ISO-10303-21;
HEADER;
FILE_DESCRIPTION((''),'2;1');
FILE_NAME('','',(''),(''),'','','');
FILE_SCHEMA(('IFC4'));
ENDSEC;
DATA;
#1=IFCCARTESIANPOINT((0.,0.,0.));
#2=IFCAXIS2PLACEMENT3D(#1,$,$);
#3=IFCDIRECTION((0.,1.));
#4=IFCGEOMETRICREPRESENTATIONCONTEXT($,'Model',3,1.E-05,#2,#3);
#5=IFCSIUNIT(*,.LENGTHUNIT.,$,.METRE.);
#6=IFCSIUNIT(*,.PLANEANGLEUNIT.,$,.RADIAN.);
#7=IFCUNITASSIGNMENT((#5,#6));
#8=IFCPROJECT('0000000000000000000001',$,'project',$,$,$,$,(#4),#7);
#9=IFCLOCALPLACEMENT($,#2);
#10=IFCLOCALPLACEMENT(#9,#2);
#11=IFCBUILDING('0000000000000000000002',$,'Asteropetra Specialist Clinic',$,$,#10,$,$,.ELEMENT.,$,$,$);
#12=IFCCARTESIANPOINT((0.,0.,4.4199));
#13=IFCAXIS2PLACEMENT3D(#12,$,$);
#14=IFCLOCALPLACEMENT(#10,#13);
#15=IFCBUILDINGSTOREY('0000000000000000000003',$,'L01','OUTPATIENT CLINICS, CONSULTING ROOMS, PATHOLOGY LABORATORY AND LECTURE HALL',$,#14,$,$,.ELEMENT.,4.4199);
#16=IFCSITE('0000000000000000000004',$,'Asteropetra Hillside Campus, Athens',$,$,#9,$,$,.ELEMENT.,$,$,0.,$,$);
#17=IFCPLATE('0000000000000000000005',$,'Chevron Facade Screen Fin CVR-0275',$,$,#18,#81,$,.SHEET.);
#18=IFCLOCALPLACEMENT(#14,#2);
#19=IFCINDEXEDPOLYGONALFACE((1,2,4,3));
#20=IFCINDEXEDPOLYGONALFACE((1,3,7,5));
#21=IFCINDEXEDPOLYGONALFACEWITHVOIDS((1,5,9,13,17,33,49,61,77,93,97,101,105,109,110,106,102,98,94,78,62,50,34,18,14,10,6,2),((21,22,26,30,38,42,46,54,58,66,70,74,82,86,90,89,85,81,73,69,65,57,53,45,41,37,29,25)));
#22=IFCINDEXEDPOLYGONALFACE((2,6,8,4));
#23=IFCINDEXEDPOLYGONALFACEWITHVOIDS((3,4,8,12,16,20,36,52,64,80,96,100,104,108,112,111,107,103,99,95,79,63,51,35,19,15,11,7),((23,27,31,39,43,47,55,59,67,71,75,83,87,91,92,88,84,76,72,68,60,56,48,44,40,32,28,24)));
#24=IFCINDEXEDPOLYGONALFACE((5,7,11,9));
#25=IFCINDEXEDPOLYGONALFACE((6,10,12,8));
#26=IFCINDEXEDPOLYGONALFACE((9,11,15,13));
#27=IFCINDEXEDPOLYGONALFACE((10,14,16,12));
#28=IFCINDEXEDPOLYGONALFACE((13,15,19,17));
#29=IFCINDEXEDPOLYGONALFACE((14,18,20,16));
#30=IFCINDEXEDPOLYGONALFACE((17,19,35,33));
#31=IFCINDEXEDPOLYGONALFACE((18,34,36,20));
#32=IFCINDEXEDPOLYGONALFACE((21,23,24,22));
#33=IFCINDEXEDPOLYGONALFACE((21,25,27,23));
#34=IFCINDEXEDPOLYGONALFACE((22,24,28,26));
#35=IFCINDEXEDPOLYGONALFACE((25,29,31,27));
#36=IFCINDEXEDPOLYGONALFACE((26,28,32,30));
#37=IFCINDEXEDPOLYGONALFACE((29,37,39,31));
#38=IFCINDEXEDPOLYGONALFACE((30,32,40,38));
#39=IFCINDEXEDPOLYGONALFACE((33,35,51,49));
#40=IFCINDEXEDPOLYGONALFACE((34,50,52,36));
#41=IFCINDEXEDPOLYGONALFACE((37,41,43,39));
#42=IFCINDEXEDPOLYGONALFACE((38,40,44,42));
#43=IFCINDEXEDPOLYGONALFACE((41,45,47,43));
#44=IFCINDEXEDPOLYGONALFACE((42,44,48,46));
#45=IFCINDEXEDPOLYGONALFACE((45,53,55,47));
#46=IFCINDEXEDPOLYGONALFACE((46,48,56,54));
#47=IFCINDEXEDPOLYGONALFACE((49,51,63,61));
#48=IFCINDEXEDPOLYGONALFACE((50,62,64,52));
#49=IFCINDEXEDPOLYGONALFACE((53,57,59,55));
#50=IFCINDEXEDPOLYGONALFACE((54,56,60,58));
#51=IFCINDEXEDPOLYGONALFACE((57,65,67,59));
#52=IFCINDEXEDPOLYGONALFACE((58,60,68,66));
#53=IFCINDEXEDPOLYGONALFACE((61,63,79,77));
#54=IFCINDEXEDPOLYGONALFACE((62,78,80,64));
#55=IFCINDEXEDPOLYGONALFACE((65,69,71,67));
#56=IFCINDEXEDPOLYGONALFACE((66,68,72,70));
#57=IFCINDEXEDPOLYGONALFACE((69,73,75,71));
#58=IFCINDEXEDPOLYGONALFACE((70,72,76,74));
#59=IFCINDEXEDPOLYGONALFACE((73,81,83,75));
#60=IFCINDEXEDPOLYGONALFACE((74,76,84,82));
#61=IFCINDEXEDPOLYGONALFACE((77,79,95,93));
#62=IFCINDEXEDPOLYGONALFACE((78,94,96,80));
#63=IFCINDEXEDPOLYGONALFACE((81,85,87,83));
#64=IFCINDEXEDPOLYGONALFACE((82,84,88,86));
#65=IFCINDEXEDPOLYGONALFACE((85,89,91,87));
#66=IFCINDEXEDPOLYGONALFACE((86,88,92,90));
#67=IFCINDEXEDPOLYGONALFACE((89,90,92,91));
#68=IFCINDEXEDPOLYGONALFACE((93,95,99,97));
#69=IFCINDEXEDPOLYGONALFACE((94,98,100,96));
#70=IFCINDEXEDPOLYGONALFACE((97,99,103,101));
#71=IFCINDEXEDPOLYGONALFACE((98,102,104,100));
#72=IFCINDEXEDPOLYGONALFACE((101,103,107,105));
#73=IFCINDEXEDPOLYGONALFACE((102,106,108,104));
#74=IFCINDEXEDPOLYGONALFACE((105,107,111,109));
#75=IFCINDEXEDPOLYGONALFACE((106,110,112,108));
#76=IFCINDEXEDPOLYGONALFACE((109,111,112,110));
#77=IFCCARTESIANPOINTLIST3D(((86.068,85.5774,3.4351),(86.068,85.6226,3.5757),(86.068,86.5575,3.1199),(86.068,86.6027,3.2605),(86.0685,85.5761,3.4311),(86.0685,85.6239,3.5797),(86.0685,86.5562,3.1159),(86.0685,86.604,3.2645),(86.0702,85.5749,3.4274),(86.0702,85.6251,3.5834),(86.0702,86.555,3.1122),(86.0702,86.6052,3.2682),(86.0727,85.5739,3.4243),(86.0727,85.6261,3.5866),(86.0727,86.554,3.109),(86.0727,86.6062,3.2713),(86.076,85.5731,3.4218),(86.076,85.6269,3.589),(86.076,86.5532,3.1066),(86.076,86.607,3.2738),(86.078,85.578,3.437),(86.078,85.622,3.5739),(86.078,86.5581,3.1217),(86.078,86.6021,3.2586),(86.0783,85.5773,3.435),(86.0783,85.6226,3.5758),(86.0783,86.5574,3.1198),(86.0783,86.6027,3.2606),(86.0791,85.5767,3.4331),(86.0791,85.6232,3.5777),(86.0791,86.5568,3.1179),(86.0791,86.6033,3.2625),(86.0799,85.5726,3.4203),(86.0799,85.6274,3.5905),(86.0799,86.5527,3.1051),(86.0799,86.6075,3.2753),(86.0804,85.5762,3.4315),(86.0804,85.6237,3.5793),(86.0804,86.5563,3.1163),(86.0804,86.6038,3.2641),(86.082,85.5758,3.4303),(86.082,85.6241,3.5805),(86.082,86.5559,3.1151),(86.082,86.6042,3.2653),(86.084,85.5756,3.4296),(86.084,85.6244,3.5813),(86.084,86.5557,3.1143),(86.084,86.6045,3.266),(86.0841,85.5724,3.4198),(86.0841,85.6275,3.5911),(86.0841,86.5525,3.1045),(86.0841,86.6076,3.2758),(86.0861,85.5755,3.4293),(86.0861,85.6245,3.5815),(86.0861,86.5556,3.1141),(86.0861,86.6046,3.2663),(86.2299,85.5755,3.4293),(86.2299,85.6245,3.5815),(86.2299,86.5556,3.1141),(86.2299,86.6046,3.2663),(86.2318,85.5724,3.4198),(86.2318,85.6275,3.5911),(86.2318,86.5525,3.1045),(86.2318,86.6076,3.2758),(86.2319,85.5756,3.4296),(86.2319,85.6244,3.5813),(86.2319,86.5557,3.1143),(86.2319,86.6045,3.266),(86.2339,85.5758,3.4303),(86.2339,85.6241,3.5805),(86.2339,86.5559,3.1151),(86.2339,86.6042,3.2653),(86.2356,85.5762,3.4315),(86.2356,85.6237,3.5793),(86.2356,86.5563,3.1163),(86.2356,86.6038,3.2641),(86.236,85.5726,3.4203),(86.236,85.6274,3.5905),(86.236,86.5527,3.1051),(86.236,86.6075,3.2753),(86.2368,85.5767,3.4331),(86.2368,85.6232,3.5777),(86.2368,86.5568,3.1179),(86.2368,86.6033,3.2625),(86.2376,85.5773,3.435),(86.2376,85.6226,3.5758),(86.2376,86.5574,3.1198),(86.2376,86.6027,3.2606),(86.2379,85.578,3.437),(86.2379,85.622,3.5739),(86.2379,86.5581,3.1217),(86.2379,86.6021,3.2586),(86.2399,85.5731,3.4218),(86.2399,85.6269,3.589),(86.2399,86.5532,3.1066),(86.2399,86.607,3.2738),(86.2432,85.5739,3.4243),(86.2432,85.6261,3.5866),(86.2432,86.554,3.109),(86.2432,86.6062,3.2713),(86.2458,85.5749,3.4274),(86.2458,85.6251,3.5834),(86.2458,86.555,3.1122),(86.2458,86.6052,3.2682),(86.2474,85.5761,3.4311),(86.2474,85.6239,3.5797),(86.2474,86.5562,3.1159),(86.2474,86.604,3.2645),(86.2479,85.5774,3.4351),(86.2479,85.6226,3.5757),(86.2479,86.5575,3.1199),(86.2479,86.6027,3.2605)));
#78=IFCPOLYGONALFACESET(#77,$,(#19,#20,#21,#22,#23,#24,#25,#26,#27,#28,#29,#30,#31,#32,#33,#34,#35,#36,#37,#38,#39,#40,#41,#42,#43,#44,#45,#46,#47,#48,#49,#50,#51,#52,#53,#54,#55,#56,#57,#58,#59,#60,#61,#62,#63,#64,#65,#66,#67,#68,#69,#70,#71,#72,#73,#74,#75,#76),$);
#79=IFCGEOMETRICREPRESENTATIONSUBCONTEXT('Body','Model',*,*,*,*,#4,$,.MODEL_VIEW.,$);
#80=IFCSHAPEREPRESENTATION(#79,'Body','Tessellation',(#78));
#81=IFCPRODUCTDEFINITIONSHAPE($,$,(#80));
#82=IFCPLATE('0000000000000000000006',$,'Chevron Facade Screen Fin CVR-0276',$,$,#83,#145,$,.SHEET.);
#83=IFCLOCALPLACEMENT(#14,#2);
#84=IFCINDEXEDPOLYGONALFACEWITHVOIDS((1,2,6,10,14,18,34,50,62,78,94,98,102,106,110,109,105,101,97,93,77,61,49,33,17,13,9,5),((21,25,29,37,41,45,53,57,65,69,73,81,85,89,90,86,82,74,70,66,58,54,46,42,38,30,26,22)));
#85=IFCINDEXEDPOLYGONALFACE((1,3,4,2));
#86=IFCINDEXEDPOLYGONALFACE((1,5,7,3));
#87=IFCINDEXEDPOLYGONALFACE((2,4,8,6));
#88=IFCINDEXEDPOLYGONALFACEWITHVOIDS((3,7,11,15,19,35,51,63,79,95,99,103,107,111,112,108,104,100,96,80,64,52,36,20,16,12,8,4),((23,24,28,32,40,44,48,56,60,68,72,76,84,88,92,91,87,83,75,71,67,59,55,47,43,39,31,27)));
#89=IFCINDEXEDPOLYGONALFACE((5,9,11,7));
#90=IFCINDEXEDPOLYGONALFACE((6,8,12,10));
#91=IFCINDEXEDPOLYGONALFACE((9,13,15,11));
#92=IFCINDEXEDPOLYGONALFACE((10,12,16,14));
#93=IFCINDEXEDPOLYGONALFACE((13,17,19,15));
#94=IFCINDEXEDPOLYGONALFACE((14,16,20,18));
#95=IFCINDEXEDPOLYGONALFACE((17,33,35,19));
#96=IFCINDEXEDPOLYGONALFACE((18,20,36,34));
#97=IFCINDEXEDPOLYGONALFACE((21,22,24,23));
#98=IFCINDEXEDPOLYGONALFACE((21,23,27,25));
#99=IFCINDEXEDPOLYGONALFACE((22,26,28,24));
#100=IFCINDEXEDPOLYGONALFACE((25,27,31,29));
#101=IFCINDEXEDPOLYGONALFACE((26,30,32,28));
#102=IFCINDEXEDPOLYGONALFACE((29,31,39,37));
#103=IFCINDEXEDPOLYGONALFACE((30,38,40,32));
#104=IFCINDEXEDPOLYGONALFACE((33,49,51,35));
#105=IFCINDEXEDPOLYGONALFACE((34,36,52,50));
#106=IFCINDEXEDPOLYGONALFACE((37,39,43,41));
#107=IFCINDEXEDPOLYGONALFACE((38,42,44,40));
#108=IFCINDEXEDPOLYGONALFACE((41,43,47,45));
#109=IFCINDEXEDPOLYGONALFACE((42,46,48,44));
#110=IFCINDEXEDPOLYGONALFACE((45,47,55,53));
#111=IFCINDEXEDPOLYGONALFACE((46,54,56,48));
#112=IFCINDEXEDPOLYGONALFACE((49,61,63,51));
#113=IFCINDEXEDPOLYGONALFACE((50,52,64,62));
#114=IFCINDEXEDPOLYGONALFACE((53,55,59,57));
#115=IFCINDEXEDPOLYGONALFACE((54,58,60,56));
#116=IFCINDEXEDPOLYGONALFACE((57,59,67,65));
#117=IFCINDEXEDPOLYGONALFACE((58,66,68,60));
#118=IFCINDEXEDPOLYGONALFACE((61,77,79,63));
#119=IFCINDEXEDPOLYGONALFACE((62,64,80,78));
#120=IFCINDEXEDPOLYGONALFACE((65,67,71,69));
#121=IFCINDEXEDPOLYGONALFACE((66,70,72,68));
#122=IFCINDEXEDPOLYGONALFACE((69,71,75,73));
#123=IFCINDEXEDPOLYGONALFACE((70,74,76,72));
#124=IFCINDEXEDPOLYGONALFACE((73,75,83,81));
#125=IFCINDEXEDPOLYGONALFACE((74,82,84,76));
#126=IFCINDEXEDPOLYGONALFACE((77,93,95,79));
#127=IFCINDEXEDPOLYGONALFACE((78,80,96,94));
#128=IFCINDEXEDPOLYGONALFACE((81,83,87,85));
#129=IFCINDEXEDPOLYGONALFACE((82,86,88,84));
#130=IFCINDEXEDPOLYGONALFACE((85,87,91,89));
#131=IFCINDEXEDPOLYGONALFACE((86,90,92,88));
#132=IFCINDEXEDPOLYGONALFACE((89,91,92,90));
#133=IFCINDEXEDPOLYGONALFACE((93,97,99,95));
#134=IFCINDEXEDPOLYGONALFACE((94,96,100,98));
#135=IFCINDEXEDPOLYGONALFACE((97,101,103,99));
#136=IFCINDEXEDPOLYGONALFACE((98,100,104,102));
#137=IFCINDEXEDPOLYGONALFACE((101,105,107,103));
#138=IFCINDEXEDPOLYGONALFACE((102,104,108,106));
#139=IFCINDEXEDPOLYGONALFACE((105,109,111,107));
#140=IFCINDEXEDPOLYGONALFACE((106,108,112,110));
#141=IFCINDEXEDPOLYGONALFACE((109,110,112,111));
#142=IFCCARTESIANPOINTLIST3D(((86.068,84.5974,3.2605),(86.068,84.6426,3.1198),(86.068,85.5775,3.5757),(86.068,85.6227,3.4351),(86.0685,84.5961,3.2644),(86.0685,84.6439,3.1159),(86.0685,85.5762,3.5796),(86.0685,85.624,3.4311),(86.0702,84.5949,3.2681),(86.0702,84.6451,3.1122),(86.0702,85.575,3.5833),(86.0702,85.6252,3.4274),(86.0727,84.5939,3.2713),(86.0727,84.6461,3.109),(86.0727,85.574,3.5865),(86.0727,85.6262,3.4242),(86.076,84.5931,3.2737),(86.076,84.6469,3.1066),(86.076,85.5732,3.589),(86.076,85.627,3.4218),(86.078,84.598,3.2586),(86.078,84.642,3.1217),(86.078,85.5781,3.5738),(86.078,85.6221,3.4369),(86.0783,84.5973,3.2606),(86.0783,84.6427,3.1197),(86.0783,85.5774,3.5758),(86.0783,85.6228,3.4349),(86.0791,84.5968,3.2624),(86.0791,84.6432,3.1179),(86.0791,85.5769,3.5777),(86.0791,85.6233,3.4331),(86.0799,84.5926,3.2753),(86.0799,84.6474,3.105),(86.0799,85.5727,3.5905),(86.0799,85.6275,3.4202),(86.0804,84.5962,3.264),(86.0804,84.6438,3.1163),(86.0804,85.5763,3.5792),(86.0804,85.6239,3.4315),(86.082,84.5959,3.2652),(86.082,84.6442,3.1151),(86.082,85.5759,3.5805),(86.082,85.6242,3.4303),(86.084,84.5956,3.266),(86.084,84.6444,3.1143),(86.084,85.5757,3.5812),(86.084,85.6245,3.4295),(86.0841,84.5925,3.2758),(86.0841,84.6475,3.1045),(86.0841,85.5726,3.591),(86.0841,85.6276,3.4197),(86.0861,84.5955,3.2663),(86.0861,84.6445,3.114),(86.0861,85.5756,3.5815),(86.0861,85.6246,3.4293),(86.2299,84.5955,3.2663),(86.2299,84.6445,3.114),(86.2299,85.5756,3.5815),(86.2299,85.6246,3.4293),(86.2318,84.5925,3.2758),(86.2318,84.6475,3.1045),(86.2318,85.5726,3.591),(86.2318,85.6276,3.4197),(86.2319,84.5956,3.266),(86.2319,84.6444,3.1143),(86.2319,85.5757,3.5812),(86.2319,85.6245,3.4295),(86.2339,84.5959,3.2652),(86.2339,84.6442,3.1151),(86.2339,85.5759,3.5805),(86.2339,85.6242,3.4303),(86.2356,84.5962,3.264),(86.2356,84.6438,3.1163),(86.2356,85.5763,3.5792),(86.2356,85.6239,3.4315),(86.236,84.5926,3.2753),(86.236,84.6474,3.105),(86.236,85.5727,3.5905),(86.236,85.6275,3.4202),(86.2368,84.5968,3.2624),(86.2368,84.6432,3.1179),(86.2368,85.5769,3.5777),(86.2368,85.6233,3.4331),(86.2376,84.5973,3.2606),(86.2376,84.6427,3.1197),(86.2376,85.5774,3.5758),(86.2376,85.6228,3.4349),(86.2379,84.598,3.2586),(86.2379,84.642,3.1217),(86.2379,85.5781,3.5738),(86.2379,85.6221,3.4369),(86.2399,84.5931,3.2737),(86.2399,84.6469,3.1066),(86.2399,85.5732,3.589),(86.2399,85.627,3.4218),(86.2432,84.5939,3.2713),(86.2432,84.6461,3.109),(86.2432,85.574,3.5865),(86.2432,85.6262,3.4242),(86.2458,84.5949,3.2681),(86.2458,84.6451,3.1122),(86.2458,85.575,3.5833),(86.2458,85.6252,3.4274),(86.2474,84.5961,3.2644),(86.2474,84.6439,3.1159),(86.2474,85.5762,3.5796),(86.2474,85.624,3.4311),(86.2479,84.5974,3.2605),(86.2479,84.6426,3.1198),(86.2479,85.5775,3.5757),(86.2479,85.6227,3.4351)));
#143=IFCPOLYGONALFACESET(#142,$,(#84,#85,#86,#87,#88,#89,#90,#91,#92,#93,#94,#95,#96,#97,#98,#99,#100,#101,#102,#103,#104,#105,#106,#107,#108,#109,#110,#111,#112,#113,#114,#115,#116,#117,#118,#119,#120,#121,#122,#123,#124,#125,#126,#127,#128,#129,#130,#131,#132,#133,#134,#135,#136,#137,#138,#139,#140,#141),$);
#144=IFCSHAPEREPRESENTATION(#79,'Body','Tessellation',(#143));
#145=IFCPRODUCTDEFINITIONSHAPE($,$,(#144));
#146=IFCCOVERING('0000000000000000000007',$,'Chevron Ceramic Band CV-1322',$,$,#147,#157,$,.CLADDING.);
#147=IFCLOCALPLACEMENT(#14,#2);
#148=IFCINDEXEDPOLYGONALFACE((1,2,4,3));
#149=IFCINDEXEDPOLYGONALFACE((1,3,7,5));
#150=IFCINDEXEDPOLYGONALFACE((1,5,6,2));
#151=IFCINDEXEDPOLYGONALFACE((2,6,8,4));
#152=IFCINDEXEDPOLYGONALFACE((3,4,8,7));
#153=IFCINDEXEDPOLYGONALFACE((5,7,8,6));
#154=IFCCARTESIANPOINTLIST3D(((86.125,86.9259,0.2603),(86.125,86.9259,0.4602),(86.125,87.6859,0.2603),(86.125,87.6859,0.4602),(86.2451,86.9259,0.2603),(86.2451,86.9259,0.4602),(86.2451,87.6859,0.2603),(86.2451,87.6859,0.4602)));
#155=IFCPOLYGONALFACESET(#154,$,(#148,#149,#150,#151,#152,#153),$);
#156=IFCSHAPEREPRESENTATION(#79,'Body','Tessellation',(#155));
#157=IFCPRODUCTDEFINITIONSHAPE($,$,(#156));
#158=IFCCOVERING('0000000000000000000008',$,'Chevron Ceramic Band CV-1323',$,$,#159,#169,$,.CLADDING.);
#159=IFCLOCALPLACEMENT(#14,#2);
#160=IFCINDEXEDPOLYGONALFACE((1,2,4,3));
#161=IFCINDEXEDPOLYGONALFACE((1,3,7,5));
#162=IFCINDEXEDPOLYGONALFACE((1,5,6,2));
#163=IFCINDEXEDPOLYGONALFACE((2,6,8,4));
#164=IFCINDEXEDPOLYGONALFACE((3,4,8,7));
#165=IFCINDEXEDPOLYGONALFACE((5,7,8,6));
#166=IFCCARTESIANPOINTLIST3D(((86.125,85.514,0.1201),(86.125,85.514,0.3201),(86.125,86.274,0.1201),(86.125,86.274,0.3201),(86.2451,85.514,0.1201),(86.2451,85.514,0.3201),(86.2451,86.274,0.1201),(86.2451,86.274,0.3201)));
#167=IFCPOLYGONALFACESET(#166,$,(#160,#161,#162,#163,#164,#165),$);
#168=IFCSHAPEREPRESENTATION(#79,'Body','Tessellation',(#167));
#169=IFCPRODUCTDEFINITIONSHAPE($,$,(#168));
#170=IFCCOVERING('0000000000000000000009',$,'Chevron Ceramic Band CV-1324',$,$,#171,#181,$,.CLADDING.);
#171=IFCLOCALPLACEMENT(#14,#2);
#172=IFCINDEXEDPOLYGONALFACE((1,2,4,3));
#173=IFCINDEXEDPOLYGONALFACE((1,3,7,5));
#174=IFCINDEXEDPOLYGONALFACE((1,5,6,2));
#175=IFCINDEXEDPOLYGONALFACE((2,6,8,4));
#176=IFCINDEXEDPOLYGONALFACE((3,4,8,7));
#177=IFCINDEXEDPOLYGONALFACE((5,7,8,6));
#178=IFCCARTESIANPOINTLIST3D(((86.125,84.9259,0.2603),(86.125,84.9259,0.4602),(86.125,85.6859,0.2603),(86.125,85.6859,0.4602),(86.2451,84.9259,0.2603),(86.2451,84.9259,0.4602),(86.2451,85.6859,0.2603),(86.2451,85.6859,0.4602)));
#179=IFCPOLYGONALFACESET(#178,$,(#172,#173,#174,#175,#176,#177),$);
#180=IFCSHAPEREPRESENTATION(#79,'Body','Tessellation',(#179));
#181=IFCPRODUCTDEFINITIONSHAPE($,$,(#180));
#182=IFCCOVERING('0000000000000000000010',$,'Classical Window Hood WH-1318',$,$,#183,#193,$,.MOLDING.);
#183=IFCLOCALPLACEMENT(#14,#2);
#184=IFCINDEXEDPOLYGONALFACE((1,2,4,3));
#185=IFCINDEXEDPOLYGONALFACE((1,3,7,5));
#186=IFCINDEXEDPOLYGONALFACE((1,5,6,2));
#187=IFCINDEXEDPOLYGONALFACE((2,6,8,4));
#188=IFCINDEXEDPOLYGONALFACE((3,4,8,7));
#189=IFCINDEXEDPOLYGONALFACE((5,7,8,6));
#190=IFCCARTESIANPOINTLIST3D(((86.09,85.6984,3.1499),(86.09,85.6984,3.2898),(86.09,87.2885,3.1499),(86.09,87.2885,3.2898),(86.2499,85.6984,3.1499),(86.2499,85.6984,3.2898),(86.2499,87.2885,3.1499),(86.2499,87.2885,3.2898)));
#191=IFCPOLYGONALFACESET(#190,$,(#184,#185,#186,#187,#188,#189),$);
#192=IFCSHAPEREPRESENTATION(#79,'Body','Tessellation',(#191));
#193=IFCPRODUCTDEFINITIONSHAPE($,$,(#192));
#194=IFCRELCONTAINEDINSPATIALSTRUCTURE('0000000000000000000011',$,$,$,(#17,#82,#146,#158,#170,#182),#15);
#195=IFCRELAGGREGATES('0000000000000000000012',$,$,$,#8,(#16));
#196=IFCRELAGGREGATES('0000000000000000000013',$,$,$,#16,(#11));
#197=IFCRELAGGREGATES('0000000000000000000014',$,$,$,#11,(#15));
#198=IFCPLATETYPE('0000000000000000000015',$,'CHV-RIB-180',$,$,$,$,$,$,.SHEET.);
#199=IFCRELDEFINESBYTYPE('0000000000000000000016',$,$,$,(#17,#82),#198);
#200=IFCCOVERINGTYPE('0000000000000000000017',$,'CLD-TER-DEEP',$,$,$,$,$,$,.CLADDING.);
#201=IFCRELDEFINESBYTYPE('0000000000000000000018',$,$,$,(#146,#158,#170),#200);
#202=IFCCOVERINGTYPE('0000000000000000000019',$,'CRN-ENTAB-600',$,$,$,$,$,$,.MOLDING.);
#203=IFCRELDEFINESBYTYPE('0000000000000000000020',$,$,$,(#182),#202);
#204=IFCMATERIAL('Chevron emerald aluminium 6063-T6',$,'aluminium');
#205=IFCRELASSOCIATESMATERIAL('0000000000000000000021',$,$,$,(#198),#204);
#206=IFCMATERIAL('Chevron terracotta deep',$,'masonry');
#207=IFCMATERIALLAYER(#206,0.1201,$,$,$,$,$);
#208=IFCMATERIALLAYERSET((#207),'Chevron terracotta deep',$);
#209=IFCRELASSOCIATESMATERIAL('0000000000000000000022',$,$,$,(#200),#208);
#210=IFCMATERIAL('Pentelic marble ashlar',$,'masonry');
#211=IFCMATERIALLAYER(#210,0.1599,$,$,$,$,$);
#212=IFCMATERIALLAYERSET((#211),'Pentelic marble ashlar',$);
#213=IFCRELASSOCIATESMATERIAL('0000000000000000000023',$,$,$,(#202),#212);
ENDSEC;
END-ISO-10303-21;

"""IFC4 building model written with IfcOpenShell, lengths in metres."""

from ifc_helpers import new_model, si_unit, direction, frame, origin, origin_2d, place, context, subcontext, project, spatial, rectangle, hollow_rectangle, extrude, material, layer, layer_set, material_profile, profile_set, type_object, element, save


model = new_model("IFC4")

# Units and contexts
model_context = context("Model", 3, precision=1e-05, world=origin(), true_north=direction((0.0, 1.0)))
body_context = subcontext(model_context, "Body", "Model", "MODEL_VIEW")
ifc_project = project(units=[si_unit("LENGTHUNIT", "METRE"), si_unit("PLANEANGLEUNIT", "RADIAN")], contexts=[model_context])

# Site, building, storey
site_placement = place(None, origin())
site = spatial("IfcSite", under=ifc_project, at=site_placement, Name="Asteropetra Hillside Campus, Athens", CompositionType="ELEMENT", RefElevation=0.0)
building_placement = place(site_placement, origin())
building = spatial("IfcBuilding", under=site, at=building_placement, Name="Asteropetra Specialist Clinic", CompositionType="ELEMENT")
storey_placement = place(building_placement, frame((0.0, 0.0, 4.4199)))
storey = spatial("IfcBuildingStorey", under=building, at=storey_placement, Name="L01", Description="OUTPATIENT CLINICS, CONSULTING ROOMS, PATHOLOGY LABORATORY AND LECTURE HALL", CompositionType="ELEMENT", Elevation=4.4199)

# Plates
ifc_material_1 = material(Name="Chevron emerald aluminium 6063-T6", Category="aluminium")
ifc_material_profile_1 = material_profile(ifc_material_1, hollow_rectangle(XDim=0.1799, YDim=0.1799, WallThickness=0.01, InnerFilletRadius=0.0081, OuterFilletRadius=0.0161, at=origin_2d()), Name="SHS 180x180x10.0")
ifc_profile_set_1 = profile_set([ifc_material_profile_1], Name="Chevron emerald aluminium 6063-T6")
plate_type = type_object("IfcPlateType", Name="CHV-RIB-180", PredefinedType="SHEET", material=ifc_profile_set_1)
for number, where, z_axis, x_axis, name in (
    (1, (86.158, 86.5801, 3.1902), (0.0, -0.951974, 0.306178), (1.0, 0.0, 0.0), "Chevron Facade Screen Fin CVR-0275"),
    (2, (86.158, 85.6001, 3.5054), (0.0, -0.951974, -0.306178), (1.0, 0.0, 0.0), "Chevron Facade Screen Fin CVR-0276"),
):
    element("IfcPlate", number, at=place(storey_placement, frame(where, z_axis=z_axis, x_axis=x_axis)), inside=storey, type_object=plate_type, Name=name, PredefinedType="SHEET", context=body_context, shape_type="SweptSolid", body=[
        extrude(hollow_rectangle(XDim=0.1799, YDim=0.1799, WallThickness=0.01, InnerFilletRadius=0.0081, OuterFilletRadius=0.0161, at=origin_2d()), origin(), (0.0, 0.0, 1.0), 1.0295),
    ])

# Coverings
ifc_material_2 = material(Name="Chevron terracotta deep", Category="masonry")
ifc_layer_1 = layer(ifc_material_2, 0.1201)
ifc_layer_set_1 = layer_set([ifc_layer_1], Name="Chevron terracotta deep")
covering_type_1 = type_object("IfcCoveringType", Name="CLD-TER-DEEP", PredefinedType="CLADDING", material=ifc_layer_set_1)
for number, where, z_axis, x_axis, name in (
    (3, (86.1851, 87.3059, 0.2603), (0.0, 0.0, 1.0), (1.0, 0.0, 0.0), "Chevron Ceramic Band CV-1322"),
    (4, (86.1851, 85.894, 0.1201), (0.0, 0.0, 1.0), (1.0, 0.0, 0.0), "Chevron Ceramic Band CV-1323"),
    (5, (86.1851, 85.3059, 0.2603), (0.0, 0.0, 1.0), (1.0, 0.0, 0.0), "Chevron Ceramic Band CV-1324"),
):
    element("IfcCovering", number, at=place(storey_placement, frame(where, z_axis=z_axis, x_axis=x_axis)), inside=storey, type_object=covering_type_1, Name=name, PredefinedType="CLADDING", context=body_context, shape_type="SweptSolid", body=[
        extrude(rectangle(XDim=0.1201, YDim=0.76, at=origin_2d()), origin(), (0.0, 0.0, 1.0), 0.2),
    ])
ifc_material_3 = material(Name="Pentelic marble ashlar", Category="masonry")
ifc_layer_2 = layer(ifc_material_3, 0.1599)
ifc_layer_set_2 = layer_set([ifc_layer_2], Name="Pentelic marble ashlar")
covering_type_2 = type_object("IfcCoveringType", Name="CRN-ENTAB-600", PredefinedType="MOLDING", material=ifc_layer_set_2)
covering_placement = place(storey_placement, frame((86.1699, 86.4934, 3.1499), z_axis=(0.0, 0.0, 1.0), x_axis=(1.0, 0.0, 0.0)))
element("IfcCovering", 6, at=covering_placement, inside=storey, type_object=covering_type_2, Name="Classical Window Hood WH-1318", PredefinedType="MOLDING", context=body_context, shape_type="SweptSolid", body=[
    extrude(rectangle(XDim=0.1599, YDim=1.5901, at=origin_2d()), origin(), (0.0, 0.0, 1.0), 0.1399),
])

save(model, "model.ifc")
